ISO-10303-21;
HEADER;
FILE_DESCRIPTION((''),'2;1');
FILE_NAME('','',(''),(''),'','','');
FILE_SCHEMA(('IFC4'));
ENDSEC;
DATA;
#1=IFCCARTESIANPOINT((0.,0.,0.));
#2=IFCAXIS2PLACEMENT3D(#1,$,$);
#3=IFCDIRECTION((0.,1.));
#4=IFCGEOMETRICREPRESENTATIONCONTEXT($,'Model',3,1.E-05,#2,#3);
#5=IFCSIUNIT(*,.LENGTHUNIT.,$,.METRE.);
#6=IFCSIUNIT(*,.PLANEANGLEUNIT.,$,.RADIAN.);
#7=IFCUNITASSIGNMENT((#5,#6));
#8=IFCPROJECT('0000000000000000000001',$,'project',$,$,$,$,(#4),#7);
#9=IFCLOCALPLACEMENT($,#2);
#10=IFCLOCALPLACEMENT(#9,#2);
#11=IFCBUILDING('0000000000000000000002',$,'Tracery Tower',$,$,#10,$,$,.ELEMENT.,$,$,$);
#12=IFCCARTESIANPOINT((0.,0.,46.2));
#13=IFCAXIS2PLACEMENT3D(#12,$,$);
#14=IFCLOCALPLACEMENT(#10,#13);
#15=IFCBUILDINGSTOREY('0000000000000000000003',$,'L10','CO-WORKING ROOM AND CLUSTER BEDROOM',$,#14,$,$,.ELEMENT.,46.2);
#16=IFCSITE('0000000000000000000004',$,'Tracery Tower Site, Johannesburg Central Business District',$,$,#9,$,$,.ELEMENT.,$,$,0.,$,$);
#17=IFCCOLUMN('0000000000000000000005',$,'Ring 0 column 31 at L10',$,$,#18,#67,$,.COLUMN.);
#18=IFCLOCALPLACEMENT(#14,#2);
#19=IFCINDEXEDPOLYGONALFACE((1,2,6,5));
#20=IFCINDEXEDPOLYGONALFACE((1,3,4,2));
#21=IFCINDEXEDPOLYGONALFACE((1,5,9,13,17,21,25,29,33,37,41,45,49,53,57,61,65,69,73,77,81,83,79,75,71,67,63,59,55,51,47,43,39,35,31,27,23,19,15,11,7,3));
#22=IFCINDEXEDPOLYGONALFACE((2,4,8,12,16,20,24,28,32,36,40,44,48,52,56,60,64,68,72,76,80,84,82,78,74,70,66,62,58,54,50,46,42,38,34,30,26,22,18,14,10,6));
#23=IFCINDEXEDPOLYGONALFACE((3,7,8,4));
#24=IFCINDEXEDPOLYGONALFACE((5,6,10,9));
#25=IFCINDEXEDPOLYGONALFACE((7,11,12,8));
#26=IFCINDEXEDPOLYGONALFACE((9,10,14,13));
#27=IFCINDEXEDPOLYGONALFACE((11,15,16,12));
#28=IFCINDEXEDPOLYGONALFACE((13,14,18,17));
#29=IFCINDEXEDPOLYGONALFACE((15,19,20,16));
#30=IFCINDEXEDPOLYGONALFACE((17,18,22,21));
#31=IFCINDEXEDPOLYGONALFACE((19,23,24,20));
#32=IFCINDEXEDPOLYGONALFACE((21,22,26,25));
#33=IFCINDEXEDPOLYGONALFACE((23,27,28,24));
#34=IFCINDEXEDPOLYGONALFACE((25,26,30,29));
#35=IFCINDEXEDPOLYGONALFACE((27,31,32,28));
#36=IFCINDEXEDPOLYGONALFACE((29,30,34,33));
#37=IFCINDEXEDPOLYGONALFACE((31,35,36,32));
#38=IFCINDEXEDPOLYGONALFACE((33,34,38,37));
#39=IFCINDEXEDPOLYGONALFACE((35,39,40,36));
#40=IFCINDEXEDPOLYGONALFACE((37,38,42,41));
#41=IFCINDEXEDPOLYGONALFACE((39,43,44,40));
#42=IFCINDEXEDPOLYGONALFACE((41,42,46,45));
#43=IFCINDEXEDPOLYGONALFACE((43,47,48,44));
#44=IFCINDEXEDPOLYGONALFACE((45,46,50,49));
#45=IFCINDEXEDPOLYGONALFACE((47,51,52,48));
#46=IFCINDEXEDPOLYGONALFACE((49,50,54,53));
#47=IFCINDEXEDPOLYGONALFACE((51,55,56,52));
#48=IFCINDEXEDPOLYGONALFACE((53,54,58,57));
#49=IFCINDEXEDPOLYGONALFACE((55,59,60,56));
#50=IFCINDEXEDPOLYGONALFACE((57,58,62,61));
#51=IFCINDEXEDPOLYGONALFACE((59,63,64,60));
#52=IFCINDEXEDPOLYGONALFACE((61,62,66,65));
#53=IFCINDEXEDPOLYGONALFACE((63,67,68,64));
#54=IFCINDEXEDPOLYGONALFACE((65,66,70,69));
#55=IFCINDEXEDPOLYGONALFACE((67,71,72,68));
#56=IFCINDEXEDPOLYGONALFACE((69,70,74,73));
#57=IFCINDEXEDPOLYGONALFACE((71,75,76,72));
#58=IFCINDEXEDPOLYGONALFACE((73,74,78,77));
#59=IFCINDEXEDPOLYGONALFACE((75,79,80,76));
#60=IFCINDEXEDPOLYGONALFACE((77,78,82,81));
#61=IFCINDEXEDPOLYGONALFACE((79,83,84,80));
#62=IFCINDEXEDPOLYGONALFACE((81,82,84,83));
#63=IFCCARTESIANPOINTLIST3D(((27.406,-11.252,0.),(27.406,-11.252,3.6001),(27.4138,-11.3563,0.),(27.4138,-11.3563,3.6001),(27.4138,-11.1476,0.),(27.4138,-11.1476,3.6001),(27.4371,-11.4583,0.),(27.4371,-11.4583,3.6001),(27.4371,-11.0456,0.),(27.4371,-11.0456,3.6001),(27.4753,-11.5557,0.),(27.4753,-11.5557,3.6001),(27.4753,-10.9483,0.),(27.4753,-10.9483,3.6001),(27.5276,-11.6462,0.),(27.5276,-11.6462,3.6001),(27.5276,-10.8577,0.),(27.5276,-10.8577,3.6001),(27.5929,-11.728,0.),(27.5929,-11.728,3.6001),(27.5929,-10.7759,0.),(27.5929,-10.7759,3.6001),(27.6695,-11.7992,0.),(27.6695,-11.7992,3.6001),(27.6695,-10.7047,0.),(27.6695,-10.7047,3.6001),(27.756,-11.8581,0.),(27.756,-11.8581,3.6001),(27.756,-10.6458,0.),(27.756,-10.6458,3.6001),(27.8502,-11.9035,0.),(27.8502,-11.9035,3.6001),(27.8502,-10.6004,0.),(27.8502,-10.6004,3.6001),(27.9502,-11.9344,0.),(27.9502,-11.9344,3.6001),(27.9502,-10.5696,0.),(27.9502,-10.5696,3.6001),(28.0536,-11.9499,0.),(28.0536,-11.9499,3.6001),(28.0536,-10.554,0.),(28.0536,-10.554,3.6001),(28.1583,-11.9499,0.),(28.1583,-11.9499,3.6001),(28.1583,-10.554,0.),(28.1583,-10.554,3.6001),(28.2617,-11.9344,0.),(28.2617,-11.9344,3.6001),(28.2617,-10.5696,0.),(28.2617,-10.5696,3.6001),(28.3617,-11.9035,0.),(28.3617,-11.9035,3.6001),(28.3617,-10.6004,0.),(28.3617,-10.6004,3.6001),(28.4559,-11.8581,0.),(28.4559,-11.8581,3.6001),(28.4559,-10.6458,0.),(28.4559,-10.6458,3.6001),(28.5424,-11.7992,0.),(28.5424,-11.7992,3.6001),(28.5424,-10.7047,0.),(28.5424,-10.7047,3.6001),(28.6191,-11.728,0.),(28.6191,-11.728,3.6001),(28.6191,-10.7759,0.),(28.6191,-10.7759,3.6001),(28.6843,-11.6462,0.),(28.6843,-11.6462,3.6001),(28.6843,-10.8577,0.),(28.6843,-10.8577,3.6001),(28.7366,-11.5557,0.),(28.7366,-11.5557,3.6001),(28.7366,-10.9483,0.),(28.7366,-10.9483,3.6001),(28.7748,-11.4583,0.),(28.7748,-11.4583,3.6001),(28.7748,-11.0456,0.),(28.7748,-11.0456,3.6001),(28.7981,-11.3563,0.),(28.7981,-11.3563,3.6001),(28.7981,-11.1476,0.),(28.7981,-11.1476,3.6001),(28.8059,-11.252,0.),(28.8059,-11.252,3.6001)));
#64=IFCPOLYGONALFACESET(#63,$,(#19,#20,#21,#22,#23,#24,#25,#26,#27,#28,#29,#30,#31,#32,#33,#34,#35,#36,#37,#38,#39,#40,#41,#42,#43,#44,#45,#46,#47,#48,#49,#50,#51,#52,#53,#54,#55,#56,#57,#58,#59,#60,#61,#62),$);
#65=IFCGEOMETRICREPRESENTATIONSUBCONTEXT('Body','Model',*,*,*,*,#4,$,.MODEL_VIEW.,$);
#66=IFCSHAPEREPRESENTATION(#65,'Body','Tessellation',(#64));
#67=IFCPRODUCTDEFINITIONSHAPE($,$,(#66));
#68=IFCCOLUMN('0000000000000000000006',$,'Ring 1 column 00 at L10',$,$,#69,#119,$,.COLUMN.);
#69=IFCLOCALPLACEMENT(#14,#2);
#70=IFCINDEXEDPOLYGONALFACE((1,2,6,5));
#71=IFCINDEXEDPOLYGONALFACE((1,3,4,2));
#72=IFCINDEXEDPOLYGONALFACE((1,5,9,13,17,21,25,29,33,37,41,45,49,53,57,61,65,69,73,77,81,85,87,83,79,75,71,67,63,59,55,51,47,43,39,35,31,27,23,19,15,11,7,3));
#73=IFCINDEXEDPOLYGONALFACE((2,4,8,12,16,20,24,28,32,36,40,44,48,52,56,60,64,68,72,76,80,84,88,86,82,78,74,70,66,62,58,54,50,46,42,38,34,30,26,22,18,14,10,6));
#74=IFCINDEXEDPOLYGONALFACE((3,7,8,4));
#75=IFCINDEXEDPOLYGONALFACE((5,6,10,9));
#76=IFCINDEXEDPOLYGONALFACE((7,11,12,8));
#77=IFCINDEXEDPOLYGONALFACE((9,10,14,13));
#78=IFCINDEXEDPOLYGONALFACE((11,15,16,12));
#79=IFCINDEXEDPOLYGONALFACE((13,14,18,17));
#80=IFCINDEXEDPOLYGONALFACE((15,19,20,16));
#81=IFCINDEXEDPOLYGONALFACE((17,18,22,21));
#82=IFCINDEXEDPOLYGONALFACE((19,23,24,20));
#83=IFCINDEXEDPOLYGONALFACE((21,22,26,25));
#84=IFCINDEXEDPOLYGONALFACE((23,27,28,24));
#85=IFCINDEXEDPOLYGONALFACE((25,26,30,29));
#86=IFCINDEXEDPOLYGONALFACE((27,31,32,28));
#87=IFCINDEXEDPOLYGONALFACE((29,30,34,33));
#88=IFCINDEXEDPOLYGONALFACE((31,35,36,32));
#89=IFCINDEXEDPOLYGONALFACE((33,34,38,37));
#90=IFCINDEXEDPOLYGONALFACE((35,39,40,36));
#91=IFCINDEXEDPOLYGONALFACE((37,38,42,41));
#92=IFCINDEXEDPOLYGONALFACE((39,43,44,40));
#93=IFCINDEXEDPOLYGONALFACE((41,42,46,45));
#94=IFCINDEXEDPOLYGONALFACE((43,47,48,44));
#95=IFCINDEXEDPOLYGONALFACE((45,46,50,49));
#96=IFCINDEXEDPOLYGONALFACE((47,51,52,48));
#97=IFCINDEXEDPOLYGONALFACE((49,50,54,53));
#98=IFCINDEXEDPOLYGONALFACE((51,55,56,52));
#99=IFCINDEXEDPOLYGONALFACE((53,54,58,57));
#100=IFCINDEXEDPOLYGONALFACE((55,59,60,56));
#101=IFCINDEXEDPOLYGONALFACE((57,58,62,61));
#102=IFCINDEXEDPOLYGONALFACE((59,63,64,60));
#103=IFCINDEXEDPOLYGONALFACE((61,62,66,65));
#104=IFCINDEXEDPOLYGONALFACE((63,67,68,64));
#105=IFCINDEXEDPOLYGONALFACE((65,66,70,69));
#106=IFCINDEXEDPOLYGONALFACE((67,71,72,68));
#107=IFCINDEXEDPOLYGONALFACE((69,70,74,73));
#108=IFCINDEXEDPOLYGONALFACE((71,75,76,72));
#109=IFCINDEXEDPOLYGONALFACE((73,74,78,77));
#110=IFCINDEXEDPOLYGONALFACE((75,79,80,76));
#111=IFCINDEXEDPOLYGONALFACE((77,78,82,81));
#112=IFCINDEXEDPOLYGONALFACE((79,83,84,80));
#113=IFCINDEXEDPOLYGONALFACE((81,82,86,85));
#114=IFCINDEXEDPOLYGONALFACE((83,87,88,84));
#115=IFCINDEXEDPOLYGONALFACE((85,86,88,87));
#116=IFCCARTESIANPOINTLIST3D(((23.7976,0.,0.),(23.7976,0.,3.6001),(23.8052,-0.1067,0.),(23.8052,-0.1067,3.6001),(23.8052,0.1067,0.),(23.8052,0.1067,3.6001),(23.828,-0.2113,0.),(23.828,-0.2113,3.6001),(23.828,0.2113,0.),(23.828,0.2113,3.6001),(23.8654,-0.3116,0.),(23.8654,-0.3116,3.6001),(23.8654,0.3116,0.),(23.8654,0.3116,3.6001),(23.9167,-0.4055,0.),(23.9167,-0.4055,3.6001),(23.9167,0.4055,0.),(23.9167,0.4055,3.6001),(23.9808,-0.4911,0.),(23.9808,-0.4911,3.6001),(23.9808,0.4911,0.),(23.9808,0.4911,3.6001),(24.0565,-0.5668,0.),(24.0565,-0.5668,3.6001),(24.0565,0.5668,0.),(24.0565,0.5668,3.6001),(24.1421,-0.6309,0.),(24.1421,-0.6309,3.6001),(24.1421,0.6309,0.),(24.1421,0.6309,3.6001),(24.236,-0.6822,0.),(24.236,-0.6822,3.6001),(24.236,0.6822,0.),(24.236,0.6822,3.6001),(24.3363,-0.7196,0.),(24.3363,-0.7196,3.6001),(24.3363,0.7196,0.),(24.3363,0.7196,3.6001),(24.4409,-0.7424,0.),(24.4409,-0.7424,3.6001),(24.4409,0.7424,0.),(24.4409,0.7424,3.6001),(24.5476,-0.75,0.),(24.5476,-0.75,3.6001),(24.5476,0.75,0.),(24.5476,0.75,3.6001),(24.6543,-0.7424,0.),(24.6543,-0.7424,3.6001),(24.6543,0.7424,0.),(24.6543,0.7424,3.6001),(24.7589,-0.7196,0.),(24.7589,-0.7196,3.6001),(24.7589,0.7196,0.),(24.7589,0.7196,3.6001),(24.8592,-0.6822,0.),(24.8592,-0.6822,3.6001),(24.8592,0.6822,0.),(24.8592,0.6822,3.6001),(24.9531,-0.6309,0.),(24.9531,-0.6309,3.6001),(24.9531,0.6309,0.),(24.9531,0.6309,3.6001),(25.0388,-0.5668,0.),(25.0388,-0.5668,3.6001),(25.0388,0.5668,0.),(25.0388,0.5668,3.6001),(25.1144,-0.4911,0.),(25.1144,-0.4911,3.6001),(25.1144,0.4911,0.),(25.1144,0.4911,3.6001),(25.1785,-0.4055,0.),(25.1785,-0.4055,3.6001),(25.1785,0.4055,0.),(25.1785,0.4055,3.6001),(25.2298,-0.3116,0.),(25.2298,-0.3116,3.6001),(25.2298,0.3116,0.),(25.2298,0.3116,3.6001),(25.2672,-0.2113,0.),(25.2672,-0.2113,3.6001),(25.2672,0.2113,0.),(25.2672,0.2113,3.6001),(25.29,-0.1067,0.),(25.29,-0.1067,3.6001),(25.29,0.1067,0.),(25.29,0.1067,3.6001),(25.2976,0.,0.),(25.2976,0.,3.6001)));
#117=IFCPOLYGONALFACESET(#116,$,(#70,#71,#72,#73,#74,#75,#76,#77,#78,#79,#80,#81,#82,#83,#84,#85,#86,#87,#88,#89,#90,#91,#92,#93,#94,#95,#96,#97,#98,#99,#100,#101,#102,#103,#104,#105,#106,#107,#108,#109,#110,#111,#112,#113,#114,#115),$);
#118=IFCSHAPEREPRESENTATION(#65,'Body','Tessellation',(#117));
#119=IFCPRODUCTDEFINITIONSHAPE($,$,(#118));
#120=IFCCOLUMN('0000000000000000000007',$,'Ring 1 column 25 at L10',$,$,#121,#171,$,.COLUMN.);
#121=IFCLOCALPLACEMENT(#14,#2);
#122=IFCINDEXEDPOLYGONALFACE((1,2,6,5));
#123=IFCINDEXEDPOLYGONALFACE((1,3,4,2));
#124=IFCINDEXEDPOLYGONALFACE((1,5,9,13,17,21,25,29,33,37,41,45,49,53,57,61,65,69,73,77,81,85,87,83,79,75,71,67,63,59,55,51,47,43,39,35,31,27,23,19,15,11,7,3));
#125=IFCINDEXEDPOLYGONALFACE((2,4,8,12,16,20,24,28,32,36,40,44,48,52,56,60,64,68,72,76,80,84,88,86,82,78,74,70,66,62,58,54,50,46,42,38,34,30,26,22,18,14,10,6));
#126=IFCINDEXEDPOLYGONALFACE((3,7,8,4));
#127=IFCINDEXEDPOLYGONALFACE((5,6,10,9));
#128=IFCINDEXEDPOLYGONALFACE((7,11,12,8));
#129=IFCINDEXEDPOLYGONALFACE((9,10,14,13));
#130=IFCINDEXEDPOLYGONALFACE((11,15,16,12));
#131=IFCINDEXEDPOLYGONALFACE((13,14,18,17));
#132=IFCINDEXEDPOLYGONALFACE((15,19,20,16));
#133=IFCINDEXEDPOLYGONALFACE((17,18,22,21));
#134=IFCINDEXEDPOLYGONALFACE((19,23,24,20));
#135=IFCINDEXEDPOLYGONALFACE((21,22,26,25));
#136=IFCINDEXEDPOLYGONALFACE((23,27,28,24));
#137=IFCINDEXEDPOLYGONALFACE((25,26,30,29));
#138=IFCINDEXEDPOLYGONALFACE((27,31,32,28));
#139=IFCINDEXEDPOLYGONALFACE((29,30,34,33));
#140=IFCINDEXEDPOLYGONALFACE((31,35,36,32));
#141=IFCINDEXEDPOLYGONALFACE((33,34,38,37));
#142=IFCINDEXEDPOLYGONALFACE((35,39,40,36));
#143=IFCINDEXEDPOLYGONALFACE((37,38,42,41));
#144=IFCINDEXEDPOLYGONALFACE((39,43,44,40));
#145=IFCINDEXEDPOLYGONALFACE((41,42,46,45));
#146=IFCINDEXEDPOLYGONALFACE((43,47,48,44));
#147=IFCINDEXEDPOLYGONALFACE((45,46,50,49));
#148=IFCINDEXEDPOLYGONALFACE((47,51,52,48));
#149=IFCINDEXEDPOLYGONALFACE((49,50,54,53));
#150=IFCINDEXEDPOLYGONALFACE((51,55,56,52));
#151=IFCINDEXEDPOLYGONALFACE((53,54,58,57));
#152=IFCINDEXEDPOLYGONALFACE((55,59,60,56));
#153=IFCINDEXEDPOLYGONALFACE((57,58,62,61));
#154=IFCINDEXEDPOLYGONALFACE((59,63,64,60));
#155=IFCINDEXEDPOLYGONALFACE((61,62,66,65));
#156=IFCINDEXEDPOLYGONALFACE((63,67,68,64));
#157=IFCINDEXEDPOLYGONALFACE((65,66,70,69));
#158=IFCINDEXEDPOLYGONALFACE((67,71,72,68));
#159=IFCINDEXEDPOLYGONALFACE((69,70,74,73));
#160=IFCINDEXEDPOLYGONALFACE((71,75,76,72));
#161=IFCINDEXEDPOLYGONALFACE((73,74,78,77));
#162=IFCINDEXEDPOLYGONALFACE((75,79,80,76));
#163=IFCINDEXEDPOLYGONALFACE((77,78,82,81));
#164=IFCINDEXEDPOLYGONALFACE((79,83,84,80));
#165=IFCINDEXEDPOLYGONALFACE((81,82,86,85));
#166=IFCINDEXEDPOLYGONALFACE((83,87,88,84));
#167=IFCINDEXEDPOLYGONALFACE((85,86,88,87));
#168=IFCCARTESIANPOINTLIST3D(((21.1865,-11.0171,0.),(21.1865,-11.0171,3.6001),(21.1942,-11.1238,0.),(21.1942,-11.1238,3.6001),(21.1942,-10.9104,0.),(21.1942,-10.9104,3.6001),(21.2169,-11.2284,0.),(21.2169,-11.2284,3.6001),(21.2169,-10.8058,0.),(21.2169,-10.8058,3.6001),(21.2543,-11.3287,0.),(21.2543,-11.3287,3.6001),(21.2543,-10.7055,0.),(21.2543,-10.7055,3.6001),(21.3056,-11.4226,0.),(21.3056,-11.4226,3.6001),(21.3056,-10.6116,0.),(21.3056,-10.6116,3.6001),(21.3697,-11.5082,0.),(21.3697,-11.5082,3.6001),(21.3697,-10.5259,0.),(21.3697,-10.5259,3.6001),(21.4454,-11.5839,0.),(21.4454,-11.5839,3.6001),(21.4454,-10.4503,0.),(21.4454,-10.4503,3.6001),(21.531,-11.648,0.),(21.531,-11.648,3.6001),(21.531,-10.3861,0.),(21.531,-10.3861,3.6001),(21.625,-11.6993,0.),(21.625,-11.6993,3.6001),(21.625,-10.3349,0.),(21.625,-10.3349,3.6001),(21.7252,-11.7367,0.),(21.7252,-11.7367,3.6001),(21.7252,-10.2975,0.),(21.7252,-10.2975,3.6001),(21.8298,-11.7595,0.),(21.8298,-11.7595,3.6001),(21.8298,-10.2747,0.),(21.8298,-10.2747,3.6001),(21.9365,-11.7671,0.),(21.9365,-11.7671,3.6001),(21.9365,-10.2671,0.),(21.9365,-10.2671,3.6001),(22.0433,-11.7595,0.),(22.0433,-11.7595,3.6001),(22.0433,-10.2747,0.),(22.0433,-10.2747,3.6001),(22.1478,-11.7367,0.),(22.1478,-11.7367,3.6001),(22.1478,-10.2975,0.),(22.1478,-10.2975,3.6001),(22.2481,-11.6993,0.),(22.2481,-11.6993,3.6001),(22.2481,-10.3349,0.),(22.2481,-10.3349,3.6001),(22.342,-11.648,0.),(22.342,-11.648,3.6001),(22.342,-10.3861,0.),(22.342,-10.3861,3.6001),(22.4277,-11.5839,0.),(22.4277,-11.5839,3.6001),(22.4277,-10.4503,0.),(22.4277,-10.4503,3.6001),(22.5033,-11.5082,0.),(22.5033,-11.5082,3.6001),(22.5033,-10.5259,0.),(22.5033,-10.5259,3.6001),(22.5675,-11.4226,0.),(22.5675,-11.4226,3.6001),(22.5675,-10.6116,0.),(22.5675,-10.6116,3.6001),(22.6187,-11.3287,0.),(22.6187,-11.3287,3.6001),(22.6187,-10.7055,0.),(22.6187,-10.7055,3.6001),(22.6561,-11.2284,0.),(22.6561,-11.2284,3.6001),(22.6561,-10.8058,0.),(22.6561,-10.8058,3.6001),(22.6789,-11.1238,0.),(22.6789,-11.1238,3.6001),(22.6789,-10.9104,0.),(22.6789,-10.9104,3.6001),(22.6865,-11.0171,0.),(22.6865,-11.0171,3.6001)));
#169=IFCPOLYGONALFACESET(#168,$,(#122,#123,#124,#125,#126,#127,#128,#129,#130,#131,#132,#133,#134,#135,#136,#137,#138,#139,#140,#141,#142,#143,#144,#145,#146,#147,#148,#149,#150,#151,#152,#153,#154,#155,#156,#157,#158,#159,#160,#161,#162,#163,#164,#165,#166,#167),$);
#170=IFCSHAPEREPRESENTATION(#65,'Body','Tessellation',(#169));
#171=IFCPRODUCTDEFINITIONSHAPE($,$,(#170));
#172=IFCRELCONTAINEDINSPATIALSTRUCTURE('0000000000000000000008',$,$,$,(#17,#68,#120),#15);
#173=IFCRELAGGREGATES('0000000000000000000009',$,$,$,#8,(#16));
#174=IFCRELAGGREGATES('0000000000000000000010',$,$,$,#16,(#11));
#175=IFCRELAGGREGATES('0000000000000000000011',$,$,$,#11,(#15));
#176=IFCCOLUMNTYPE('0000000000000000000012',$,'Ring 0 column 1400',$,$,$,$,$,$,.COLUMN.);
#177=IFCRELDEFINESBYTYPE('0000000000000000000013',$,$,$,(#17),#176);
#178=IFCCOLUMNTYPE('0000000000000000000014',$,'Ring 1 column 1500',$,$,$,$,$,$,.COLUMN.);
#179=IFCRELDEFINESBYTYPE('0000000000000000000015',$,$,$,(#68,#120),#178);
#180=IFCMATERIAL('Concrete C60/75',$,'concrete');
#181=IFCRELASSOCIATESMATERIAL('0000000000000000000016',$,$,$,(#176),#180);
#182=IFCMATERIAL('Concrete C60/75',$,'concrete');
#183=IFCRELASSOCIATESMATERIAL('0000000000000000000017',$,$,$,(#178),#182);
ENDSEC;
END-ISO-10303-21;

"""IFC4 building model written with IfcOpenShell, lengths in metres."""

from ifc_helpers import new_model, si_unit, direction, frame, origin, origin_2d, place, context, subcontext, project, spatial, circle, extrude, material, material_profile, profile_set, type_object, element, save


model = new_model("IFC4")

# Units and contexts
model_context = context("Model", 3, precision=1e-05, world=origin(), true_north=direction((0.0, 1.0)))
body_context = subcontext(model_context, "Body", "Model", "MODEL_VIEW")
ifc_project = project(units=[si_unit("LENGTHUNIT", "METRE"), si_unit("PLANEANGLEUNIT", "RADIAN")], contexts=[model_context])

# Site, building, storey
site_placement = place(None, origin())
site = spatial("IfcSite", under=ifc_project, at=site_placement, Name="Tracery Tower Site, Johannesburg Central Business District", CompositionType="ELEMENT", RefElevation=0.0)
building_placement = place(site_placement, origin())
building = spatial("IfcBuilding", under=site, at=building_placement, Name="Tracery Tower", CompositionType="ELEMENT")
storey_placement = place(building_placement, frame((0.0, 0.0, 46.2)))
storey = spatial("IfcBuildingStorey", under=building, at=storey_placement, Name="L10", Description="CO-WORKING ROOM AND CLUSTER BEDROOM", CompositionType="ELEMENT", Elevation=46.2)

# Columns
ifc_material_1 = material(Name="Concrete C60/75", Category="concrete")
ifc_material_profile_1 = material_profile(ifc_material_1, circle(Radius=0.7, at=origin_2d()), Name="RC D1400")
ifc_profile_set_1 = profile_set([ifc_material_profile_1], Name="Concrete C60/75")
column_type_1 = type_object("IfcColumnType", Name="Ring 0 column 1400", PredefinedType="COLUMN", material=ifc_profile_set_1)
column_placement = place(storey_placement, frame((28.106, -11.252, 0.0), z_axis=(0.0, 0.0, 1.0), x_axis=(1.0, 0.0, 0.0)))
element("IfcColumn", 1, at=column_placement, inside=storey, type_object=column_type_1, Name="Ring 0 column 31 at L10", PredefinedType="COLUMN", context=body_context, shape_type="SweptSolid", body=[
    extrude(circle(Radius=0.7, at=origin_2d()), origin(), (0.0, 0.0, 1.0), 3.6001),
])
ifc_material_2 = material(Name="Concrete C60/75", Category="concrete")
ifc_material_profile_2 = material_profile(ifc_material_2, circle(Radius=0.75, at=origin_2d()), Name="RC D1500")
ifc_profile_set_2 = profile_set([ifc_material_profile_2], Name="Concrete C60/75")
column_type_2 = type_object("IfcColumnType", Name="Ring 1 column 1500", PredefinedType="COLUMN", material=ifc_profile_set_2)
for number, where, z_axis, x_axis, name in (
    (2, (24.5476, 0.0, 0.0), (0.0, 0.0, 1.0), (1.0, 0.0, 0.0), "Ring 1 column 00 at L10"),
    (3, (21.9365, -11.0171, 0.0), (0.0, 0.0, 1.0), (1.0, 0.0, 0.0), "Ring 1 column 25 at L10"),
):
    element("IfcColumn", number, at=place(storey_placement, frame(where, z_axis=z_axis, x_axis=x_axis)), inside=storey, type_object=column_type_2, Name=name, PredefinedType="COLUMN", context=body_context, shape_type="SweptSolid", body=[
        extrude(circle(Radius=0.75, at=origin_2d()), origin(), (0.0, 0.0, 1.0), 3.6001),
    ])

save(model, "model.ifc")
